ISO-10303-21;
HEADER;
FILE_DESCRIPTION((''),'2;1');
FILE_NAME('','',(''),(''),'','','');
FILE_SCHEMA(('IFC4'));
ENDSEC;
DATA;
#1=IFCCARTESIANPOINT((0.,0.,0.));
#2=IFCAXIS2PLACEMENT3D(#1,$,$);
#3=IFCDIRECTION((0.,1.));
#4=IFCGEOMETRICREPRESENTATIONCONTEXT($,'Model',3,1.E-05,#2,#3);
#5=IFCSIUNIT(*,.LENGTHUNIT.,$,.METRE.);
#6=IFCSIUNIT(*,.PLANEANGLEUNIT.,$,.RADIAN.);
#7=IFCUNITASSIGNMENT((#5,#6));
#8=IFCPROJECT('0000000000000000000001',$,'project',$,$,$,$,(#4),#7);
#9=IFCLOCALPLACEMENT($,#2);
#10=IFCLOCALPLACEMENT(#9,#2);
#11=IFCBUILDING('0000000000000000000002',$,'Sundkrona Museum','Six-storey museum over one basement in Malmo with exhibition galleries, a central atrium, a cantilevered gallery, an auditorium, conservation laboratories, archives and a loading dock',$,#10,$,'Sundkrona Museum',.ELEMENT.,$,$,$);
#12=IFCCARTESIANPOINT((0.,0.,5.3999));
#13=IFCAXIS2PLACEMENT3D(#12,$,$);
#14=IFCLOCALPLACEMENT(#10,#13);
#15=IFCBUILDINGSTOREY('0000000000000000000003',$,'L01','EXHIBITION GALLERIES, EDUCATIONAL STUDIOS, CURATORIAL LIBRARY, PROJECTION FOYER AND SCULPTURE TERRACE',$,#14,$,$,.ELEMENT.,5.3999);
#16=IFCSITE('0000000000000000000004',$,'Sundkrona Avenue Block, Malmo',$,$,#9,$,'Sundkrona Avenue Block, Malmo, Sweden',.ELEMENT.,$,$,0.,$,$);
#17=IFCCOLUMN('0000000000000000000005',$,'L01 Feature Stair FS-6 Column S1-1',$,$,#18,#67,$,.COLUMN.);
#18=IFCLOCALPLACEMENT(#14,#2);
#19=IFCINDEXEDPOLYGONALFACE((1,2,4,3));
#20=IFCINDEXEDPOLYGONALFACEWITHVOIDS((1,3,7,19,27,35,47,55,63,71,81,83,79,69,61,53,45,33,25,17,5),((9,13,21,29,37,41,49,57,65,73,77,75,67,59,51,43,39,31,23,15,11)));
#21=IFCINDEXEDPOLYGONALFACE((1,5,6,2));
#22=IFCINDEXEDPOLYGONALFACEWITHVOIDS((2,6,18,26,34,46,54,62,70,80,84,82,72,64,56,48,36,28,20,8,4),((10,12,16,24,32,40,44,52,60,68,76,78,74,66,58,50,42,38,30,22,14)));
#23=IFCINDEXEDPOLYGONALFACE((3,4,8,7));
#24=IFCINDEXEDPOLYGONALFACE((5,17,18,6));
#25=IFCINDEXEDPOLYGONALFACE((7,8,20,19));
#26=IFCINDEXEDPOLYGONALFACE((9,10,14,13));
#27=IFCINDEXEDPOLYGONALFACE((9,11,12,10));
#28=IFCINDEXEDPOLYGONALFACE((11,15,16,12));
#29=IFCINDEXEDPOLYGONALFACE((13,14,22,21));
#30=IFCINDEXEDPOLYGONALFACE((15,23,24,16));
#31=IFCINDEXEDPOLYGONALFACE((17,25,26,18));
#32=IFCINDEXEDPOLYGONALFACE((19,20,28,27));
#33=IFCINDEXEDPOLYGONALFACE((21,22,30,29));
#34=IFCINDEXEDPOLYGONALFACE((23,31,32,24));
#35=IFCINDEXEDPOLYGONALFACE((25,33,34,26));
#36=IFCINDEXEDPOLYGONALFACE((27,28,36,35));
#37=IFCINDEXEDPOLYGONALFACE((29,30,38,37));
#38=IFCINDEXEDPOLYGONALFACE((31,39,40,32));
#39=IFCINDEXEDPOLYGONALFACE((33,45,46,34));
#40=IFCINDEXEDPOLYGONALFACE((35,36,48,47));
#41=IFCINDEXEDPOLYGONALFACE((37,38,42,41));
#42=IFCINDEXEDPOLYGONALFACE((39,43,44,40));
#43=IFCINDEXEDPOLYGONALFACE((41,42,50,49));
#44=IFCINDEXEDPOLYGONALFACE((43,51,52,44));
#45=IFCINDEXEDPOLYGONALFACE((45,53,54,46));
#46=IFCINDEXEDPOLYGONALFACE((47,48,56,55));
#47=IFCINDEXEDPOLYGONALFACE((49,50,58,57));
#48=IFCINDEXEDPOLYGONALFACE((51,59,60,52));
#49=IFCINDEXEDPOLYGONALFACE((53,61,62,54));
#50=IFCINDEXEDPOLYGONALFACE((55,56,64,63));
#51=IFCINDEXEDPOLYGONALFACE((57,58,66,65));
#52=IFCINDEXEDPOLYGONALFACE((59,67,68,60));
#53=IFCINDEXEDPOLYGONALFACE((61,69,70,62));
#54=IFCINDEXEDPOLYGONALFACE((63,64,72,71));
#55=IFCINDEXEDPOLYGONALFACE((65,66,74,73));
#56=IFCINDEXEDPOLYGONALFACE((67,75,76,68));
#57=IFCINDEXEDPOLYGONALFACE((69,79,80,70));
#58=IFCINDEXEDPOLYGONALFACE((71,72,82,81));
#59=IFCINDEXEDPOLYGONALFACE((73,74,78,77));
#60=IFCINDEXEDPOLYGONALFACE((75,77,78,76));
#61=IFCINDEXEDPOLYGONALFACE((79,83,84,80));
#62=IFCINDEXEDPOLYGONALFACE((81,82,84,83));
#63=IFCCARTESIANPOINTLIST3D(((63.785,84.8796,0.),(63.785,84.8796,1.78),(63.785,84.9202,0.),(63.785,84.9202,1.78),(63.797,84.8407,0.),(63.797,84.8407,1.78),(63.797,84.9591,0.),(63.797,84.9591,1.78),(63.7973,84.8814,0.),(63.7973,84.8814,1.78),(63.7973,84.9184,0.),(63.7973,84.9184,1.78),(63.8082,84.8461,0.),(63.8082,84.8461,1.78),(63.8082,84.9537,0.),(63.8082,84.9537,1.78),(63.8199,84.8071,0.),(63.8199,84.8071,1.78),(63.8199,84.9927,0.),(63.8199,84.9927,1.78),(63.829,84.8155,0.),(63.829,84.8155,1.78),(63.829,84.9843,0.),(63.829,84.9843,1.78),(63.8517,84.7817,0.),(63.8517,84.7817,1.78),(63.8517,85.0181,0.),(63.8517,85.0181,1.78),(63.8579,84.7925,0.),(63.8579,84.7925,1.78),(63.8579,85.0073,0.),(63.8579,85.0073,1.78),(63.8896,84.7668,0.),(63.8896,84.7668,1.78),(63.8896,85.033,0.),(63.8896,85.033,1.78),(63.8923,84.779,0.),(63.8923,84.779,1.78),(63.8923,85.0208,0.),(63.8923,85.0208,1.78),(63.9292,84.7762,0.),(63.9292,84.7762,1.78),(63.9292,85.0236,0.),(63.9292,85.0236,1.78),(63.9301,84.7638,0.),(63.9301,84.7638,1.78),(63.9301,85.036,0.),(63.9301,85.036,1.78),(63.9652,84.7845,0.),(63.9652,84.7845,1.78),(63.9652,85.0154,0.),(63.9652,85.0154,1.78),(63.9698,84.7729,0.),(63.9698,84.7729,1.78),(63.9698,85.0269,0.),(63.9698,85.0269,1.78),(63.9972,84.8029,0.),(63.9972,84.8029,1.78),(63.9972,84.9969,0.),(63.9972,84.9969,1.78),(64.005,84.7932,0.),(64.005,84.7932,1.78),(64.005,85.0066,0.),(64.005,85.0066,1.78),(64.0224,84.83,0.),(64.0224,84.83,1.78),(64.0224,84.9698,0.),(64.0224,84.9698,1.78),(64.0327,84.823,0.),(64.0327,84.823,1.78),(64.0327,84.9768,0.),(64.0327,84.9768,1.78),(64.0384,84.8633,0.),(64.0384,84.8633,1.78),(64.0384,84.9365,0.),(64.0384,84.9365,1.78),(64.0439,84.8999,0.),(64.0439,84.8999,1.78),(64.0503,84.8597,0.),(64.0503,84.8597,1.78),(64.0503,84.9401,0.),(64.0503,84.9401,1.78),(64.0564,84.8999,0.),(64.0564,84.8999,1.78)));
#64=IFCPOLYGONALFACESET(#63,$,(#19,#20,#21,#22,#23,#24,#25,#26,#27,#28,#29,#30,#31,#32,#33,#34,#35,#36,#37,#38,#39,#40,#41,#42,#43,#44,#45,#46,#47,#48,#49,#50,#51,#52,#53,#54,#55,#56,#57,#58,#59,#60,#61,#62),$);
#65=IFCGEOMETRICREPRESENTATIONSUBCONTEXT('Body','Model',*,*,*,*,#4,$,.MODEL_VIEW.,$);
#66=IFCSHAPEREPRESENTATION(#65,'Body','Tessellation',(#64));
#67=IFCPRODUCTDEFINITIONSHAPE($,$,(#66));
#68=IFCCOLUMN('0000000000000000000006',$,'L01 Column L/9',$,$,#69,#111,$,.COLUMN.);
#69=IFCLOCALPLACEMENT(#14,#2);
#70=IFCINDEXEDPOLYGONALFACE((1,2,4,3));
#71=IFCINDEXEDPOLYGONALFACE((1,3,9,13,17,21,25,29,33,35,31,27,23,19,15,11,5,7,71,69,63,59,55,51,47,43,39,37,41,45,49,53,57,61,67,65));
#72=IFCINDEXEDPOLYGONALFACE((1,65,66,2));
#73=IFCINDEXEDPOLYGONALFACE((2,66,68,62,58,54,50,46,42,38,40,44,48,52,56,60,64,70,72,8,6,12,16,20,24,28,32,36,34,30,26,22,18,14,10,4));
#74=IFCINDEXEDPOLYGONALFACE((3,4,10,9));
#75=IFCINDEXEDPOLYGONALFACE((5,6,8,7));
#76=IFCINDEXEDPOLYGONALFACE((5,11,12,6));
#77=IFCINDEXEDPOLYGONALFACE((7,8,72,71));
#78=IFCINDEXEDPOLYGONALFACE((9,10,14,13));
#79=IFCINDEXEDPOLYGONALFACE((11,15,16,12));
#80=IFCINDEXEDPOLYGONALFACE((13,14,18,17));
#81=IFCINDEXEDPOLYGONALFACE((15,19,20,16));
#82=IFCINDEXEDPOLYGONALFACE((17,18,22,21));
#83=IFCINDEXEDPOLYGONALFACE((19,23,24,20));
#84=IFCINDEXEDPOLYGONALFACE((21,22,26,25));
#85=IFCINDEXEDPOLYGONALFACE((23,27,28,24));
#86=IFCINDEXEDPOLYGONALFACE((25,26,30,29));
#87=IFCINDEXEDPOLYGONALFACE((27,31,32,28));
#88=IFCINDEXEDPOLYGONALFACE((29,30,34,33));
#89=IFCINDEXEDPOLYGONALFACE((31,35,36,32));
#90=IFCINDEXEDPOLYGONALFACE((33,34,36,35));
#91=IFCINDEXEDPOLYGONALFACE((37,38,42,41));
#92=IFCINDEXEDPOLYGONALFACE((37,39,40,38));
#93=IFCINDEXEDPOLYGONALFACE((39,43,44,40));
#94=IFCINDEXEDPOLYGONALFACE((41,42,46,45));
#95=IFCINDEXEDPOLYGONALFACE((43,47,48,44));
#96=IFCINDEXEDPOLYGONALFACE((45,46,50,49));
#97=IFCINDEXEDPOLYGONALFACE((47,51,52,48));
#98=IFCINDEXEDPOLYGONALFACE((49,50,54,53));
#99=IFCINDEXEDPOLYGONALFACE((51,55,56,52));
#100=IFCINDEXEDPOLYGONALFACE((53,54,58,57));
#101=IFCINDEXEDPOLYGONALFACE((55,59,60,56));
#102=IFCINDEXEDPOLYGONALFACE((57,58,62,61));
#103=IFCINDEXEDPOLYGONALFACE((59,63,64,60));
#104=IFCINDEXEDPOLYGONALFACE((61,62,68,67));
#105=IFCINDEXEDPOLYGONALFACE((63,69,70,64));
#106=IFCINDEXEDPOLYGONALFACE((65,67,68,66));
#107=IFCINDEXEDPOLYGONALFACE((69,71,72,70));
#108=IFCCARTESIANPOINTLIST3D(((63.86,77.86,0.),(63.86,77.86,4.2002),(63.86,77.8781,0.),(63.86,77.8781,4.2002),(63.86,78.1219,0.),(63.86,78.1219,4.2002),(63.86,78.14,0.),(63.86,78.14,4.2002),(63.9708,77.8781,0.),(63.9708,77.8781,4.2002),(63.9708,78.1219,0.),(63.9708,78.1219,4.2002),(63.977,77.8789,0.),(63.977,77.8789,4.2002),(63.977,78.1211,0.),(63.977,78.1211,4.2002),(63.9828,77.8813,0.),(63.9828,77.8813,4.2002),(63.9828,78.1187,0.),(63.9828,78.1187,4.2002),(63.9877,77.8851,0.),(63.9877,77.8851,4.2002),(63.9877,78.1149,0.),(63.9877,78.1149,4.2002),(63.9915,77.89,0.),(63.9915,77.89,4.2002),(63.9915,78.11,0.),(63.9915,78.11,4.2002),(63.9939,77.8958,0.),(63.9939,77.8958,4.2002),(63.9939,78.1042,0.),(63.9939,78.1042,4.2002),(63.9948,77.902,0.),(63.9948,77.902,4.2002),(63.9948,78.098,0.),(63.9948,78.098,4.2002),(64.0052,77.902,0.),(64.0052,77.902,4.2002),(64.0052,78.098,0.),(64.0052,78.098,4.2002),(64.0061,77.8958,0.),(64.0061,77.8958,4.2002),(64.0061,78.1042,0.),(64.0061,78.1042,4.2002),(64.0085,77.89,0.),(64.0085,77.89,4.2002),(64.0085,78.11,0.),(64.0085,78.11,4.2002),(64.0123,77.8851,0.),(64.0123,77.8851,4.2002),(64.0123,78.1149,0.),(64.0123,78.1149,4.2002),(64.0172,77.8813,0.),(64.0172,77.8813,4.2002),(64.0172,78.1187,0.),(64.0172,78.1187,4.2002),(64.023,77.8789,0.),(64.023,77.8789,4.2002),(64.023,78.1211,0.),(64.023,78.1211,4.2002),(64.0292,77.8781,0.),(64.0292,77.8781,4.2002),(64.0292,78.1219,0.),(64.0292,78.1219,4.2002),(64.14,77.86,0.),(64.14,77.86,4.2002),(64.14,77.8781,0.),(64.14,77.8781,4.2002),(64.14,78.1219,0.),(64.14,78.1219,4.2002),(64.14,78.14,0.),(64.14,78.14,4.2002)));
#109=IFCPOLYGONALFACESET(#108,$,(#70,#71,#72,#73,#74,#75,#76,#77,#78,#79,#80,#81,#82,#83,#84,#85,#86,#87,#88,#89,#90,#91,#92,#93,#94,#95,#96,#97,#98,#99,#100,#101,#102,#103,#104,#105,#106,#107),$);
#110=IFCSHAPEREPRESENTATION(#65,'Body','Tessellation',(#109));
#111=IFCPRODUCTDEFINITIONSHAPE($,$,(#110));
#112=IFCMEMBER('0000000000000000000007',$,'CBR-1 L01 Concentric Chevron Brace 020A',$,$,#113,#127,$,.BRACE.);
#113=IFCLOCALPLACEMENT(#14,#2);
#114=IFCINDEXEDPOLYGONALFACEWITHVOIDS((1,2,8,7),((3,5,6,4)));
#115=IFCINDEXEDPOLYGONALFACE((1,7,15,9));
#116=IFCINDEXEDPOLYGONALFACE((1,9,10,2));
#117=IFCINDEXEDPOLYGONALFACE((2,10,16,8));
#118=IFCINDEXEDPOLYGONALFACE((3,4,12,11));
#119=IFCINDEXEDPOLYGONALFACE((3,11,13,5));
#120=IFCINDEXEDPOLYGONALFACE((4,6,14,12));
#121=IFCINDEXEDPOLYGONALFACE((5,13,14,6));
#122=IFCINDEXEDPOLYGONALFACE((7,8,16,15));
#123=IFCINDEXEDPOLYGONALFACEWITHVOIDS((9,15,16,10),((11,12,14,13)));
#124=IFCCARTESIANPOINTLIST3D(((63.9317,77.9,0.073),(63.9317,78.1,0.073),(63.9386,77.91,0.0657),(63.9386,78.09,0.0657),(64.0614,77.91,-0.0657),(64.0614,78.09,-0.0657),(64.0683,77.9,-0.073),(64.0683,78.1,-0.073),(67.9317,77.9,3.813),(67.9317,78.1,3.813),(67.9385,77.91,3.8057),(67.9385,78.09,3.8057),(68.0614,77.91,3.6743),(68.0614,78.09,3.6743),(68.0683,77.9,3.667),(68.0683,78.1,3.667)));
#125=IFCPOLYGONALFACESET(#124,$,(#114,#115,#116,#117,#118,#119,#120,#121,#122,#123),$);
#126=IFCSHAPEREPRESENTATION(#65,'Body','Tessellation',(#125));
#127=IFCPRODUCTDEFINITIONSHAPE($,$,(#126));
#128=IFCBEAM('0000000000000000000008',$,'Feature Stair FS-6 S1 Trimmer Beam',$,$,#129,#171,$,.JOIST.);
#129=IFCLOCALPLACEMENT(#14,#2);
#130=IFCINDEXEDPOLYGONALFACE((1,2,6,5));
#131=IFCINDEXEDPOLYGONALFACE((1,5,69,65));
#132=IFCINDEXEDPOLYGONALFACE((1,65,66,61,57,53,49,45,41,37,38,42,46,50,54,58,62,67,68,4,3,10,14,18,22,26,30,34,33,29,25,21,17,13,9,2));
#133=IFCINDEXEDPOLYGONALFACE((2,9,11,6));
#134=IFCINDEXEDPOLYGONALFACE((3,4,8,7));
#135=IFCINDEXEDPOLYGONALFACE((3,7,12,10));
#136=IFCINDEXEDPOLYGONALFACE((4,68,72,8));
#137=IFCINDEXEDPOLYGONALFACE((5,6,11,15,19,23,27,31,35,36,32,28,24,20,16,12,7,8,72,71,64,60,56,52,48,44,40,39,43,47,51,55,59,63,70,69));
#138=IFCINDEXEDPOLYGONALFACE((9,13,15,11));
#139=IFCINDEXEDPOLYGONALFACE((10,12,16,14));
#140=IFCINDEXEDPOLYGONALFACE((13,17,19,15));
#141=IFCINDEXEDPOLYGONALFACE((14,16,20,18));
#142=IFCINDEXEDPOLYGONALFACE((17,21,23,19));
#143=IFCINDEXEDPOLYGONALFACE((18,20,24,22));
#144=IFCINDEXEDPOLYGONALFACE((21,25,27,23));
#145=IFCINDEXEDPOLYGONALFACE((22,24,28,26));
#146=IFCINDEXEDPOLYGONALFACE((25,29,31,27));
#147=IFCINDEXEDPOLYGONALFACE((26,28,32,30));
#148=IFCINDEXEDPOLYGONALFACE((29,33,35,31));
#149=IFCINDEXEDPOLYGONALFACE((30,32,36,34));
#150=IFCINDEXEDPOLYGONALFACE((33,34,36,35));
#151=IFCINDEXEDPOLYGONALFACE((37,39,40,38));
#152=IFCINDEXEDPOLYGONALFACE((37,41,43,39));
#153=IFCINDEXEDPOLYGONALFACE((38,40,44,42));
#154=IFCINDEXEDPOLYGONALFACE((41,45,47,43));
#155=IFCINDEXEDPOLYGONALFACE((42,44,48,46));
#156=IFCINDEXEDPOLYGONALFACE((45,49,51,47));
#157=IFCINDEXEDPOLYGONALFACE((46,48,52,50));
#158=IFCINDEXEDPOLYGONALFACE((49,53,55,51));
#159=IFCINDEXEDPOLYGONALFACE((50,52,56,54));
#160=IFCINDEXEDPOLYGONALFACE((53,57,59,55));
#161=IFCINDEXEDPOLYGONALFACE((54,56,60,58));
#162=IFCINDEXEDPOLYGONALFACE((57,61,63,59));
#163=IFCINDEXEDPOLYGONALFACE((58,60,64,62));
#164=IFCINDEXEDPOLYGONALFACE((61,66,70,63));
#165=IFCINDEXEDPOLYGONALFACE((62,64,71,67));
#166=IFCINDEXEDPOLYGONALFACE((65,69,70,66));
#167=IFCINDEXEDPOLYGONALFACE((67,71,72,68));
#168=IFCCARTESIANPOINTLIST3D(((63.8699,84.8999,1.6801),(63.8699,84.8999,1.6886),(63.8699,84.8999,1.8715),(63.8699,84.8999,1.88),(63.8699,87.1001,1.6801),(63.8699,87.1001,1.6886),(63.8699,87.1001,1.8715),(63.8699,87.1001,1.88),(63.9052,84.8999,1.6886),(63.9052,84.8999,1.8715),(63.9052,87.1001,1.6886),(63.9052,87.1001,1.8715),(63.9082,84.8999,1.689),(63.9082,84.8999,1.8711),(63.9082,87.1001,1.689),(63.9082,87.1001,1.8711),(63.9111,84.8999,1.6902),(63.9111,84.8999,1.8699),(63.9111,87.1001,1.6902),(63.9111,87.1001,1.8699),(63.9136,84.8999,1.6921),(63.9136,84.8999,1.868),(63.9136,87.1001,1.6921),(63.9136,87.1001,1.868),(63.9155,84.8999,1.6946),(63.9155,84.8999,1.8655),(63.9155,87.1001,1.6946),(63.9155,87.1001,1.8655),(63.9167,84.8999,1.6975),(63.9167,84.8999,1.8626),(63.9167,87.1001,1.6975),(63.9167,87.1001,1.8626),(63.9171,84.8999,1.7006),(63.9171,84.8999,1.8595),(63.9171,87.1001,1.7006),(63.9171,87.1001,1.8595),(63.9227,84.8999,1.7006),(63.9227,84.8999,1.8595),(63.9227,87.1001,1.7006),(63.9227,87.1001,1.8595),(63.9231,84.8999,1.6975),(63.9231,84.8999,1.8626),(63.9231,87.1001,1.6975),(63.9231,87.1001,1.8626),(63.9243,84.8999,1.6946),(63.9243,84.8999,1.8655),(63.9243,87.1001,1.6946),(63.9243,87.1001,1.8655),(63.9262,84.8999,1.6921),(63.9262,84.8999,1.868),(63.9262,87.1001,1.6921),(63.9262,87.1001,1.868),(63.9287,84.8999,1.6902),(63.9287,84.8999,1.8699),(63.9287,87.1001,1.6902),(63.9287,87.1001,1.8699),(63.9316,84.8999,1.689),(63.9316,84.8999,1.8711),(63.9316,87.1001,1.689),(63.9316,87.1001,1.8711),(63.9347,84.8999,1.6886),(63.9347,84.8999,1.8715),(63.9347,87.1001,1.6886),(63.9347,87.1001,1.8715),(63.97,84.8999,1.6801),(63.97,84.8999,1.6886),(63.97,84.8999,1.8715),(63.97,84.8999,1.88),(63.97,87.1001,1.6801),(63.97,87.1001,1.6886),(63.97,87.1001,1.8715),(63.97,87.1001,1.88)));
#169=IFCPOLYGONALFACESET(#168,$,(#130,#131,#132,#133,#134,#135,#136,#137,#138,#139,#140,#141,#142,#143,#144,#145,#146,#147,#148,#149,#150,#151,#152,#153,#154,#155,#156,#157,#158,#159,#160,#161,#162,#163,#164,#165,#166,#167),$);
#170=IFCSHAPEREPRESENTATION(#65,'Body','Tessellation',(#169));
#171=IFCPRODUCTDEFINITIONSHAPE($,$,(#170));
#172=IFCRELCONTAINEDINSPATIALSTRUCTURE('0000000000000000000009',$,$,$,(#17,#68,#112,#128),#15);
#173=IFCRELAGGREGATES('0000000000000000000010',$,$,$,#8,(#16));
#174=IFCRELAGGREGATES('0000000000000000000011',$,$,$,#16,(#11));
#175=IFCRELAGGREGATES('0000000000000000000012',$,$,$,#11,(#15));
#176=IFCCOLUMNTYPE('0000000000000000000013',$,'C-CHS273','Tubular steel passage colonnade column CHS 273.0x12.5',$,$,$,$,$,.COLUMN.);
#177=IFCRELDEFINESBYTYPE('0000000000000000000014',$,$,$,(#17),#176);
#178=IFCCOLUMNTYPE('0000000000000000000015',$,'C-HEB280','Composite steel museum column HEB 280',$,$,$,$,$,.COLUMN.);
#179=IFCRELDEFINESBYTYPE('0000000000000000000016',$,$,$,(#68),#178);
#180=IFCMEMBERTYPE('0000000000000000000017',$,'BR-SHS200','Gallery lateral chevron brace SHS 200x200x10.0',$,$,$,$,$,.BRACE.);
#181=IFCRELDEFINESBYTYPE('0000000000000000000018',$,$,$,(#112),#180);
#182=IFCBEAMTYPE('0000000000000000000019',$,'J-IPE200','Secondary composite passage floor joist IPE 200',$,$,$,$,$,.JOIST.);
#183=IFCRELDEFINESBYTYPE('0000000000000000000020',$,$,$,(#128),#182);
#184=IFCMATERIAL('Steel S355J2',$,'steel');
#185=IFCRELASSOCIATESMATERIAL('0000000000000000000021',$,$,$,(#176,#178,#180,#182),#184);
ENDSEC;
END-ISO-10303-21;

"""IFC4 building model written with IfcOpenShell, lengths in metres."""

from ifc_helpers import new_model, si_unit, direction, frame, origin, origin_2d, place, context, subcontext, project, spatial, hollow_rectangle, hollow_circle, i_section, extrude, material, material_profile, profile_set, type_object, element, save


model = new_model("IFC4")

# Units and contexts
model_context = context("Model", 3, precision=1e-05, world=origin(), true_north=direction((0.0, 1.0)))
body_context = subcontext(model_context, "Body", "Model", "MODEL_VIEW")
ifc_project = project(units=[si_unit("LENGTHUNIT", "METRE"), si_unit("PLANEANGLEUNIT", "RADIAN")], contexts=[model_context])

# Site, building, storey
site_placement = place(None, origin())
site = spatial("IfcSite", under=ifc_project, at=site_placement, Name="Sundkrona Avenue Block, Malmo", LongName="Sundkrona Avenue Block, Malmo, Sweden", CompositionType="ELEMENT", RefElevation=0.0)
building_placement = place(site_placement, origin())
building = spatial("IfcBuilding", under=site, at=building_placement, Name="Sundkrona Museum", Description="Six-storey museum over one basement in Malmo with exhibition galleries, a central atrium, a cantilevered gallery, an auditorium, conservation laboratories, archives and a loading dock", LongName="Sundkrona Museum", CompositionType="ELEMENT")
storey_placement = place(building_placement, frame((0.0, 0.0, 5.3999)))
storey = spatial("IfcBuildingStorey", under=building, at=storey_placement, Name="L01", Description="EXHIBITION GALLERIES, EDUCATIONAL STUDIOS, CURATORIAL LIBRARY, PROJECTION FOYER AND SCULPTURE TERRACE", CompositionType="ELEMENT", Elevation=5.3999)

# Columns
ifc_material_1 = material(Name="Steel S355J2", Category="steel")
ifc_material_profile_1 = material_profile(ifc_material_1, hollow_circle(Radius=0.1365, WallThickness=0.0125, at=origin_2d()), Name="CHS 273.0x12.5")
ifc_profile_set_1 = profile_set([ifc_material_profile_1], Name="Steel S355J2")
column_type_1 = type_object("IfcColumnType", Name="C-CHS273", Description="Tubular steel passage colonnade column CHS 273.0x12.5", PredefinedType="COLUMN", material=ifc_profile_set_1)
column_1_placement = place(storey_placement, frame((63.9199, 84.8999, 0.0), z_axis=(0.0, 0.0, 1.0), x_axis=(1.0, 0.0, 0.0)))
element("IfcColumn", 1, at=column_1_placement, inside=storey, type_object=column_type_1, Name="L01 Feature Stair FS-6 Column S1-1", PredefinedType="COLUMN", context=body_context, shape_type="SweptSolid", body=[
    extrude(hollow_circle(Radius=0.1365, WallThickness=0.0125, at=origin_2d()), origin(), (0.0, 0.0, 1.0), 1.78),
])
ifc_material_profile_2 = material_profile(ifc_material_1, i_section(OverallWidth=0.28, OverallDepth=0.28, WebThickness=0.0105, FlangeThickness=0.0181, FilletRadius=0.0239, at=origin_2d()), Name="HEB 280")
ifc_profile_set_2 = profile_set([ifc_material_profile_2], Name="Steel S355J2")
column_type_2 = type_object("IfcColumnType", Name="C-HEB280", Description="Composite steel museum column HEB 280", PredefinedType="COLUMN", material=ifc_profile_set_2)
column_2_placement = place(storey_placement, frame((64.0, 78.0, 0.0), z_axis=(0.0, 0.0, 1.0), x_axis=(1.0, 0.0, 0.0)))
element("IfcColumn", 2, at=column_2_placement, inside=storey, type_object=column_type_2, Name="L01 Column L/9", PredefinedType="COLUMN", context=body_context, shape_type="SweptSolid", body=[
    extrude(i_section(OverallWidth=0.28, OverallDepth=0.28, WebThickness=0.0105, FlangeThickness=0.0181, FilletRadius=0.0239, at=origin_2d()), origin(), (0.0, 0.0, 1.0), 4.2002),
])

# Member
ifc_material_profile_3 = material_profile(ifc_material_1, hollow_rectangle(XDim=0.2, YDim=0.2, WallThickness=0.01, at=origin_2d()), Name="SHS 200x200x10.0")
ifc_profile_set_3 = profile_set([ifc_material_profile_3], Name="Steel S355J2")
member_type = type_object("IfcMemberType", Name="BR-SHS200", Description="Gallery lateral chevron brace SHS 200x200x10.0", PredefinedType="BRACE", material=ifc_profile_set_3)
member_placement = place(storey_placement, frame((64.0, 78.0, 0.0), z_axis=(0.730449, 0.0, 0.682968), x_axis=(0.0, 1.0, 0.0)))
element("IfcMember", 3, at=member_placement, inside=storey, type_object=member_type, Name="CBR-1 L01 Concentric Chevron Brace 020A", PredefinedType="BRACE", context=body_context, shape_type="SweptSolid", body=[
    extrude(hollow_rectangle(XDim=0.2, YDim=0.2, WallThickness=0.01, at=origin_2d()), origin(), (0.0, 0.0, 1.0), 5.4761),
])

# Beam
ifc_material_profile_4 = material_profile(ifc_material_1, i_section(OverallWidth=0.1001, OverallDepth=0.2, WebThickness=0.0056, FlangeThickness=0.0085, FilletRadius=0.012, at=origin_2d()), Name="IPE 200")
ifc_profile_set_4 = profile_set([ifc_material_profile_4], Name="Steel S355J2")
beam_type_1 = type_object("IfcBeamType", Name="J-IPE200", Description="Secondary composite passage floor joist IPE 200", PredefinedType="JOIST", material=ifc_profile_set_4)
beam_1_placement = place(storey_placement, frame((63.9199, 84.8999, 1.78), z_axis=(0.0, 1.0, 0.0), x_axis=(-1.0, 0.0, 0.0)))
element("IfcBeam", 4, at=beam_1_placement, inside=storey, type_object=beam_type_1, Name="Feature Stair FS-6 S1 Trimmer Beam", PredefinedType="JOIST", context=body_context, shape_type="SweptSolid", body=[
    extrude(i_section(OverallWidth=0.1001, OverallDepth=0.2, WebThickness=0.0056, FlangeThickness=0.0085, FilletRadius=0.012, at=origin_2d()), origin(), (0.0, 0.0, 1.0), 2.2002),
])

save(model, "model.ifc")
